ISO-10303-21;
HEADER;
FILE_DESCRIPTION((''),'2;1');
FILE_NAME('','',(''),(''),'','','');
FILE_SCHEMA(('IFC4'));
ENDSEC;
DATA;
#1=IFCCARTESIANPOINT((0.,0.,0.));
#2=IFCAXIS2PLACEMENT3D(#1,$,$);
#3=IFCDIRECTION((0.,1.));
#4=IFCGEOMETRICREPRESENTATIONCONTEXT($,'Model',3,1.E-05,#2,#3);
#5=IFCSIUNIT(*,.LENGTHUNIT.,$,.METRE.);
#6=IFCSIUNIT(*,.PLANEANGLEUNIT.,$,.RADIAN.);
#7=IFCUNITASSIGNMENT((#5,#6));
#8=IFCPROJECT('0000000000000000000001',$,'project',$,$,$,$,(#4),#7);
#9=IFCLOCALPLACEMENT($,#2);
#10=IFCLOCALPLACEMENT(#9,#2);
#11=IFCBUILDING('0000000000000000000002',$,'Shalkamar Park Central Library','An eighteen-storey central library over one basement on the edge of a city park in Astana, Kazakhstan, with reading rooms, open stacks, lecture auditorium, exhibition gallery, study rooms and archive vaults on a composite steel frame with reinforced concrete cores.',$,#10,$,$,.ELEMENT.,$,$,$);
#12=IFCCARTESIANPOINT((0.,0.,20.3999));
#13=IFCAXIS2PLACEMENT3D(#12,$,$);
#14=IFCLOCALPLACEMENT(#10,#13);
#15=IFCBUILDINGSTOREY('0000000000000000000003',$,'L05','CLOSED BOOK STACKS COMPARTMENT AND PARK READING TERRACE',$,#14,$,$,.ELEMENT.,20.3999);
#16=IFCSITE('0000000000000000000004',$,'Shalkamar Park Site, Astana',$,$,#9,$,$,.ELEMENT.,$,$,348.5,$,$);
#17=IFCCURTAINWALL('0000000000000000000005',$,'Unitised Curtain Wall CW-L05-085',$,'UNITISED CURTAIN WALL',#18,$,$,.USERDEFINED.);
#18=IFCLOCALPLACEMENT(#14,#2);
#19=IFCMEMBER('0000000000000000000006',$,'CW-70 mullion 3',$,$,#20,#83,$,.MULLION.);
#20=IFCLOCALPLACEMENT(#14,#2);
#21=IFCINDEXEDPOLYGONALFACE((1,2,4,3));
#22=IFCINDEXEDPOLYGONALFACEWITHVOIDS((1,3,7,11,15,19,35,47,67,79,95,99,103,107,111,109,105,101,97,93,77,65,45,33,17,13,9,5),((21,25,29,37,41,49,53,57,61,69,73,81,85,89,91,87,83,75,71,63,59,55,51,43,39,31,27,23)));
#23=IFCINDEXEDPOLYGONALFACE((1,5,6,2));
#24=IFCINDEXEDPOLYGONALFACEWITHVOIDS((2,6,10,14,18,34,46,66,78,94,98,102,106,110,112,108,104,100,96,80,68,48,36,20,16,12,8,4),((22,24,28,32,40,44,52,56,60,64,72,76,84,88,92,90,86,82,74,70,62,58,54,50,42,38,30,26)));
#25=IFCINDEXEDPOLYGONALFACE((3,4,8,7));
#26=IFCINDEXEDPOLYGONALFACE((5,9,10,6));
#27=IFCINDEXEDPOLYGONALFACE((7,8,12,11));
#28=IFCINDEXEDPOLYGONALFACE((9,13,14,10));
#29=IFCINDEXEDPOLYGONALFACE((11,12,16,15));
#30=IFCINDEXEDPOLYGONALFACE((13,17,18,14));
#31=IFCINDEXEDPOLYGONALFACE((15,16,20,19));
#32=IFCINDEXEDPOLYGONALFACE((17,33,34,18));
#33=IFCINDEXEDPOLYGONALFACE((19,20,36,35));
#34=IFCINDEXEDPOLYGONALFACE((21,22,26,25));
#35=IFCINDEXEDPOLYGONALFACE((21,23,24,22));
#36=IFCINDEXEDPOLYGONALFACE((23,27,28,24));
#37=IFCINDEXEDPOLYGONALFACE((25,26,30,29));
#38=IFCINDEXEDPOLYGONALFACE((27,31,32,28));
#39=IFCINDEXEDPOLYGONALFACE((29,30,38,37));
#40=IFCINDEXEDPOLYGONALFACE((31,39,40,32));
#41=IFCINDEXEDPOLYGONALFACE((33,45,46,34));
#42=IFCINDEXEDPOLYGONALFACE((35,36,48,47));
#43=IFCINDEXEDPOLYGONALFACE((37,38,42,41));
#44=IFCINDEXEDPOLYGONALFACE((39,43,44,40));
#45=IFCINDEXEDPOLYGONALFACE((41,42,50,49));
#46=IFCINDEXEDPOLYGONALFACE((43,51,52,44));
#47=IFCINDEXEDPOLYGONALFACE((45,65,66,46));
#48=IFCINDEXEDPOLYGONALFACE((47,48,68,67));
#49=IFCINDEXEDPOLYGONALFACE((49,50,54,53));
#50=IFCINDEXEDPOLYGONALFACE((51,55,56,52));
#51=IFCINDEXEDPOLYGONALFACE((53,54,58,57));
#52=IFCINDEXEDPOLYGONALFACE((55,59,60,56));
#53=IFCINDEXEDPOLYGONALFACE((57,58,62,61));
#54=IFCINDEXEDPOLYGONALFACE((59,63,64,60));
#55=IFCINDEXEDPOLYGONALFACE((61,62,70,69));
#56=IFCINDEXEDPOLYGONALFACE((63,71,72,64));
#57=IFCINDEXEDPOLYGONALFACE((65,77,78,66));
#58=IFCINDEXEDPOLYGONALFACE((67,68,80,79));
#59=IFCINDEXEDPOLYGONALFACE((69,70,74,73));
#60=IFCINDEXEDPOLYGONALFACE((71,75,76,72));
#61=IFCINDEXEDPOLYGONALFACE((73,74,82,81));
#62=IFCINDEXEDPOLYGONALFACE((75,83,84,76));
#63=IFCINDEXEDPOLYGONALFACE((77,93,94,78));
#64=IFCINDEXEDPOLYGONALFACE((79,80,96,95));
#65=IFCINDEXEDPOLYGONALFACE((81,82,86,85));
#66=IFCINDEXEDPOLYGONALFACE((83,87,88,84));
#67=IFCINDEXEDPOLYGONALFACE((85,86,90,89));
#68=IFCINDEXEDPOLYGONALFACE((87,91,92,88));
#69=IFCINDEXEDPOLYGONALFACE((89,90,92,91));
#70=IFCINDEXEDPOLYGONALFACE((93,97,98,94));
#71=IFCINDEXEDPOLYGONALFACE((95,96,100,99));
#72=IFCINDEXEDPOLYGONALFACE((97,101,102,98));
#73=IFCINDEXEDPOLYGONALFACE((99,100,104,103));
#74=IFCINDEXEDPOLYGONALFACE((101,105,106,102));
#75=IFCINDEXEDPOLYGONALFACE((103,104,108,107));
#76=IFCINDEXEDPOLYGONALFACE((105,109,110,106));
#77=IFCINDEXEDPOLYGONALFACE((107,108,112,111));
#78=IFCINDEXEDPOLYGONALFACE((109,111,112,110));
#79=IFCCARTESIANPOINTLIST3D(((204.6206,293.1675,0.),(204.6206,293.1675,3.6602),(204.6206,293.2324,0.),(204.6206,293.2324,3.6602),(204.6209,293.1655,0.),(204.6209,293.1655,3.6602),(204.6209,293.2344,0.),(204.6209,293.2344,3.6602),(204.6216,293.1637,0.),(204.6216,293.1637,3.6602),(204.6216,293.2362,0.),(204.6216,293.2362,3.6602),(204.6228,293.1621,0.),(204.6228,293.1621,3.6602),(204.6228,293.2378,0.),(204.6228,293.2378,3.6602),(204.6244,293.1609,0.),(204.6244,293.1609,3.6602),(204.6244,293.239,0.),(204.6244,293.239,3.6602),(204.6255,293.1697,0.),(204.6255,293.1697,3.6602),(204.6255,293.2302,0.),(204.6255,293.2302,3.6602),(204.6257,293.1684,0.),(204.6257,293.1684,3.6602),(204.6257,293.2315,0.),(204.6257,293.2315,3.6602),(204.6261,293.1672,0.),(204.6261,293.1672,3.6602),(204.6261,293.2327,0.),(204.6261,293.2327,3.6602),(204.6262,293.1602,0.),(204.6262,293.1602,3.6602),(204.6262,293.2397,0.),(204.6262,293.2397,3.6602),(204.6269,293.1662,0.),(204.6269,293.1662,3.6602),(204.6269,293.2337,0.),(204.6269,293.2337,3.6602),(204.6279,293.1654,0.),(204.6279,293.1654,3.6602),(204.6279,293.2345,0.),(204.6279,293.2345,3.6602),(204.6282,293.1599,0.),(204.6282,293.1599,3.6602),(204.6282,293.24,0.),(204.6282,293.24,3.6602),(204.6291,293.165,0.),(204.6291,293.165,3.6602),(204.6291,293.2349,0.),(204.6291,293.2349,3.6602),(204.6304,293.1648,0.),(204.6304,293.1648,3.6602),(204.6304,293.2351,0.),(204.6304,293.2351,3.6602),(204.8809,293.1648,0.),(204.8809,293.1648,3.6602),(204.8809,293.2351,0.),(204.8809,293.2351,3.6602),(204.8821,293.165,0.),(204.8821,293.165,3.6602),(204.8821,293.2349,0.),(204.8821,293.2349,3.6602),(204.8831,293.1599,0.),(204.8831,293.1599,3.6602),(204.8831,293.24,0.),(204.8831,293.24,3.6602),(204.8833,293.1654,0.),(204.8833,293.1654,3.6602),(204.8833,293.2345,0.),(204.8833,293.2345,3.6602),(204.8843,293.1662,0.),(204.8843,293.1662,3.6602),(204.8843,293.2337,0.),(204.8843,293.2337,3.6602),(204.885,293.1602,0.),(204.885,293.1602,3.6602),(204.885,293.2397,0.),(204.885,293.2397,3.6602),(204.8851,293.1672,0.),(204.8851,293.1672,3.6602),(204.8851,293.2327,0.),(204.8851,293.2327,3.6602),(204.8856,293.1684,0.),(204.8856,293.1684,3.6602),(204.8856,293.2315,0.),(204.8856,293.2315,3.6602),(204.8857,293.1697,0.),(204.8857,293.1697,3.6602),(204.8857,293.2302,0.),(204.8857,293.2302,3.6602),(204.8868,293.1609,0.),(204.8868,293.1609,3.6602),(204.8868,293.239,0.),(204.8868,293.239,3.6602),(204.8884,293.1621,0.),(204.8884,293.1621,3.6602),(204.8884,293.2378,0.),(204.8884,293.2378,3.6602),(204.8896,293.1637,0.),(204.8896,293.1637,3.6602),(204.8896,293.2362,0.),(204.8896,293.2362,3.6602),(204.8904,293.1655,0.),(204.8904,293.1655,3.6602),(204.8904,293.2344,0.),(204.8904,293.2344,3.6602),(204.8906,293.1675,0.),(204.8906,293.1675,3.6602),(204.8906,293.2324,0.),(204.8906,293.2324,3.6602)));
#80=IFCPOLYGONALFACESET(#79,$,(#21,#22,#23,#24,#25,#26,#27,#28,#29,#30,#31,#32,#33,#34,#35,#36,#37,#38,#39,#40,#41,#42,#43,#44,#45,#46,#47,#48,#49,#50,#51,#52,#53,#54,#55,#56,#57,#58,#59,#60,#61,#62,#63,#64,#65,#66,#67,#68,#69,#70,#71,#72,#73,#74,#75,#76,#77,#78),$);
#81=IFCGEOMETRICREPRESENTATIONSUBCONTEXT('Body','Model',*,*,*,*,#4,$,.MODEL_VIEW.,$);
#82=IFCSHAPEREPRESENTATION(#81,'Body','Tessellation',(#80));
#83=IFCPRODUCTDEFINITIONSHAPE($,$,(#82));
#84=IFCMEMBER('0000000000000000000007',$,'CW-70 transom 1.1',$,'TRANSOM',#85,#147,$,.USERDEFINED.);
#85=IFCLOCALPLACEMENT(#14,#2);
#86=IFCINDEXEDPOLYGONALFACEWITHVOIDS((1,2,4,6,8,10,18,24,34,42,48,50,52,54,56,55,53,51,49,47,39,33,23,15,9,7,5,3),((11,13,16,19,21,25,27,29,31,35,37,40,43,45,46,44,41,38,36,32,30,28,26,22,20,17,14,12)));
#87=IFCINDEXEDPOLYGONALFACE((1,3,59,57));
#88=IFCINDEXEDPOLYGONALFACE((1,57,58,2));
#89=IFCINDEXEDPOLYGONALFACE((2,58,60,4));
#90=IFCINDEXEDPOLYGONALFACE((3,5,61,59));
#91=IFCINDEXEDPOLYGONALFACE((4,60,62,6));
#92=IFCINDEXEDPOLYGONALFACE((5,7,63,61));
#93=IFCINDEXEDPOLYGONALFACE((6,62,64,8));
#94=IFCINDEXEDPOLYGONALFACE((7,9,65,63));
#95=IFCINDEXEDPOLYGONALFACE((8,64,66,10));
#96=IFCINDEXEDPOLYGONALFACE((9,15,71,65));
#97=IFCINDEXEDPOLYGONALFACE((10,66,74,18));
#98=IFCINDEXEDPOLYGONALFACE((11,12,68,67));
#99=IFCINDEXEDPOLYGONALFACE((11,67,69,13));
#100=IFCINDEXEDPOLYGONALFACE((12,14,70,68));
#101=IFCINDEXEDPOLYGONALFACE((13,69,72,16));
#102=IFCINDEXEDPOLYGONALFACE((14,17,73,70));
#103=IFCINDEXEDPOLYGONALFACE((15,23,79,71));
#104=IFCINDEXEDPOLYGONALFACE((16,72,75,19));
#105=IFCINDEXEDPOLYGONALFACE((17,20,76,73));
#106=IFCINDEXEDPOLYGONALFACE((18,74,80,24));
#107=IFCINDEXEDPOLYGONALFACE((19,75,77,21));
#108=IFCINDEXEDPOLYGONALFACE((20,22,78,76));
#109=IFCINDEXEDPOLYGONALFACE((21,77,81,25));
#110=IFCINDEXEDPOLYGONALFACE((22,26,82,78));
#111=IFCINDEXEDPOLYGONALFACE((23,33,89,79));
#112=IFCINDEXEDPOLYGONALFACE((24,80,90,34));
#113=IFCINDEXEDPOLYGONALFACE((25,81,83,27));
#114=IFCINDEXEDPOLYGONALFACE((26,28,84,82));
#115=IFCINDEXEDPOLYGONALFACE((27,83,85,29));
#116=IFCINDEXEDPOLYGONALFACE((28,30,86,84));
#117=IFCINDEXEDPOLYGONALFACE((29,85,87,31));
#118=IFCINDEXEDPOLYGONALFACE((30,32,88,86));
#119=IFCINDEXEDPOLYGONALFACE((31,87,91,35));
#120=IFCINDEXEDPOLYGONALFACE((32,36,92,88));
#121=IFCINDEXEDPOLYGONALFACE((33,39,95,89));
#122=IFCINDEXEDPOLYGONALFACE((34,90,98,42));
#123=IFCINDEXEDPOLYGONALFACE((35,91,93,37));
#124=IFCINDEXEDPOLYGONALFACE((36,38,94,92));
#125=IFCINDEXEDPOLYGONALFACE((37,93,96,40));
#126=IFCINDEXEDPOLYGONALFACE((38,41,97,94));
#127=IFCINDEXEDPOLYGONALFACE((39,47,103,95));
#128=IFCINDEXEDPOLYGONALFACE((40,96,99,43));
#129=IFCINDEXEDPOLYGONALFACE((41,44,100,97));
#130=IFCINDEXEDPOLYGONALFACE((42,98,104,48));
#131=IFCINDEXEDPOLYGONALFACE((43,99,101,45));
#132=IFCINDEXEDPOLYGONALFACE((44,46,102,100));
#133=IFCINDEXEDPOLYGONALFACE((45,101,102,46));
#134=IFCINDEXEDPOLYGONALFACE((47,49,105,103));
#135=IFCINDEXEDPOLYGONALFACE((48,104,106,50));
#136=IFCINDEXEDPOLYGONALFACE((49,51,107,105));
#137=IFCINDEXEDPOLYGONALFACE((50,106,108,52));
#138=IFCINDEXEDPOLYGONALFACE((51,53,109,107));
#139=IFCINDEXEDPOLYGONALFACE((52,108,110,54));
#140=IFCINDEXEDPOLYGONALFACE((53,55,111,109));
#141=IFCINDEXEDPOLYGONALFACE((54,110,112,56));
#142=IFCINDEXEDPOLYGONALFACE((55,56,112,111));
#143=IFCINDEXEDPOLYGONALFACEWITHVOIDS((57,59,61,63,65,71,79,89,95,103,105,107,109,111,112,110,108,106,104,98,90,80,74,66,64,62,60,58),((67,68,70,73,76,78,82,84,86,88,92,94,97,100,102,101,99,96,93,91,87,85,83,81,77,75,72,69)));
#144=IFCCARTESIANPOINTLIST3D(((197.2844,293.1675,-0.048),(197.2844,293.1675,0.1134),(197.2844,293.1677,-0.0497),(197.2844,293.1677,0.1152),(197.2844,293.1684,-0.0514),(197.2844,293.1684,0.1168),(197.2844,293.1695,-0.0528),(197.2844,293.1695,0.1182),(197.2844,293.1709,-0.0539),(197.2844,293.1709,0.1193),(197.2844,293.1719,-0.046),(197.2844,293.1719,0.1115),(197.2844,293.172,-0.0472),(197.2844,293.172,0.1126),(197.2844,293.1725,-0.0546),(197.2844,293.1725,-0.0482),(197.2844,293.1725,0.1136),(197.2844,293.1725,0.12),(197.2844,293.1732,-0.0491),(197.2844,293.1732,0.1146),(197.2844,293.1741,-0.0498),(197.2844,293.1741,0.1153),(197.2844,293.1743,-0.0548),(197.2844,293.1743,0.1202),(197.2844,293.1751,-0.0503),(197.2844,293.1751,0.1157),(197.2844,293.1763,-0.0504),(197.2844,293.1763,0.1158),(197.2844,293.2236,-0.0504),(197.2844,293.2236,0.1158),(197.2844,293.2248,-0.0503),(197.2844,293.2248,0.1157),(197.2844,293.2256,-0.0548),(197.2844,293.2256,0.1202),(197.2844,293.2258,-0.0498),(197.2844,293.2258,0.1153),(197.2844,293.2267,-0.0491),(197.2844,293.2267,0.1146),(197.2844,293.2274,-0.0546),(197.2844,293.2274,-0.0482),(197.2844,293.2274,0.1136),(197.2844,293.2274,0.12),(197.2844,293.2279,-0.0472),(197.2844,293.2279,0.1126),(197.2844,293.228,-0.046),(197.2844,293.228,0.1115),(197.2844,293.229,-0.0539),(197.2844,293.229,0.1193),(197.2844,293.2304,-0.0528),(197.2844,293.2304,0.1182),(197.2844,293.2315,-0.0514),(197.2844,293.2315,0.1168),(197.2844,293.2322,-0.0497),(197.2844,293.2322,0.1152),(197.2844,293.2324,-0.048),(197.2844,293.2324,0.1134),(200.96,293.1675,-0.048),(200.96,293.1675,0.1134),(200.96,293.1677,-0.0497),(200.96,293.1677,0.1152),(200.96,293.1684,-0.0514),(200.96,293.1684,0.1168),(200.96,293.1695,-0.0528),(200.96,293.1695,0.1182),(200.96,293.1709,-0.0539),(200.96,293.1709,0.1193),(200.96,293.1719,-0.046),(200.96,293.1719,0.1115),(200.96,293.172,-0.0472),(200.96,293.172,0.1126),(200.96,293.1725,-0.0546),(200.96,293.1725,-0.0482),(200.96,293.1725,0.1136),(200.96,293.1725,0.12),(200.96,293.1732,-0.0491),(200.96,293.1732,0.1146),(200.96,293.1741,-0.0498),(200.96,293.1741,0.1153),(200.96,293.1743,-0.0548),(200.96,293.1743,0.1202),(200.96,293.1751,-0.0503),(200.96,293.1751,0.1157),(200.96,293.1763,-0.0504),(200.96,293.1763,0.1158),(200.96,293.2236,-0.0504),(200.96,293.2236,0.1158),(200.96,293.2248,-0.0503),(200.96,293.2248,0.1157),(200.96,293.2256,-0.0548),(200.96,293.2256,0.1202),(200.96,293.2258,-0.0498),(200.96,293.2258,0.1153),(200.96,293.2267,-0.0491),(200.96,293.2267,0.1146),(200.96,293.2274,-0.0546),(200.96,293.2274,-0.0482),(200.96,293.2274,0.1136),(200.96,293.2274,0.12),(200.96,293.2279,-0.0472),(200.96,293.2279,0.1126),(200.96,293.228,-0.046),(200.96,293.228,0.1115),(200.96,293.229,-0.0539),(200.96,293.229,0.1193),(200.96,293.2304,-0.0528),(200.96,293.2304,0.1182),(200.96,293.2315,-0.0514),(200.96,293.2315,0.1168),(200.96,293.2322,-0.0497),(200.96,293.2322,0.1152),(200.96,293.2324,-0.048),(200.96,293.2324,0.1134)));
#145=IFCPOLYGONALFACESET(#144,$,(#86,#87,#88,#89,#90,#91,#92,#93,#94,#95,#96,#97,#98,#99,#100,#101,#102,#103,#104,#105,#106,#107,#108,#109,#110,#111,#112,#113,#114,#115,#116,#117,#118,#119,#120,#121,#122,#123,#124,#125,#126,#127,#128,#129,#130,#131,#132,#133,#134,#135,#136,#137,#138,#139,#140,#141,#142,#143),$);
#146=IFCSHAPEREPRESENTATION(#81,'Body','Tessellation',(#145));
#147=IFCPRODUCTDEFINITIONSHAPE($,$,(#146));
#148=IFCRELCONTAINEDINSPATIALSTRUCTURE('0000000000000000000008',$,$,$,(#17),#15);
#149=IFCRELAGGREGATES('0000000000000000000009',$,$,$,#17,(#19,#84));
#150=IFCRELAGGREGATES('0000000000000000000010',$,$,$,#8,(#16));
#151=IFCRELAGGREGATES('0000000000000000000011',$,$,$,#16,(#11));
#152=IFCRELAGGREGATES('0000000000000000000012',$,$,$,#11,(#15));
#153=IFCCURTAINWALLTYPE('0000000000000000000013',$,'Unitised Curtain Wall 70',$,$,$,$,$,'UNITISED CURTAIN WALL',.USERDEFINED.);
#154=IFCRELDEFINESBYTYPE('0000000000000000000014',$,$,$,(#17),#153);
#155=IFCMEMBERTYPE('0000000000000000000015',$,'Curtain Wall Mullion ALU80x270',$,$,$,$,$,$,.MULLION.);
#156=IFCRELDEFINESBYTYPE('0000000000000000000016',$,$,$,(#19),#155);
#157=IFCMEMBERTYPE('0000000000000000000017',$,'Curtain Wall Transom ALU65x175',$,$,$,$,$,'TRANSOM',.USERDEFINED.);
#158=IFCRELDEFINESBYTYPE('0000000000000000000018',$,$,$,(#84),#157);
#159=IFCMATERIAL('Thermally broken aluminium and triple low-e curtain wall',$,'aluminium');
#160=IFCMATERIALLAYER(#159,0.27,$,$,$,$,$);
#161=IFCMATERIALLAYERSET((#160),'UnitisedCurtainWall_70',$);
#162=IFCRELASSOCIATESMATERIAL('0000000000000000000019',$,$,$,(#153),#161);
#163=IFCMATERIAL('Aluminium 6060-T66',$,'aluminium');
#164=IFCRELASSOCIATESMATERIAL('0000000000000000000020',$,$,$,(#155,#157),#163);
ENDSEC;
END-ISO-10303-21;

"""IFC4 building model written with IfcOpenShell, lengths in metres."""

from ifc_helpers import new_model, si_unit, direction, frame, origin, origin_2d, place, context, subcontext, project, spatial, hollow_rectangle, extrude, material, layer, layer_set, material_profile, profile_set, type_object, element, aggregate, save


model = new_model("IFC4")

# Units and contexts
model_context = context("Model", 3, precision=1e-05, world=origin(), true_north=direction((0.0, 1.0)))
body_context = subcontext(model_context, "Body", "Model", "MODEL_VIEW")
ifc_project = project(units=[si_unit("LENGTHUNIT", "METRE"), si_unit("PLANEANGLEUNIT", "RADIAN")], contexts=[model_context])

# Site, building, storey
site_placement = place(None, origin())
site = spatial("IfcSite", under=ifc_project, at=site_placement, Name="Shalkamar Park Site, Astana", CompositionType="ELEMENT", RefElevation=348.5)
building_placement = place(site_placement, origin())
building = spatial("IfcBuilding", under=site, at=building_placement, Name="Shalkamar Park Central Library", Description="An eighteen-storey central library over one basement on the edge of a city park in Astana, Kazakhstan, with reading rooms, open stacks, lecture auditorium, exhibition gallery, study rooms and archive vaults on a composite steel frame with reinforced concrete cores.", CompositionType="ELEMENT")
storey_placement = place(building_placement, frame((0.0, 0.0, 20.3999)))
storey = spatial("IfcBuildingStorey", under=building, at=storey_placement, Name="L05", Description="CLOSED BOOK STACKS COMPARTMENT AND PARK READING TERRACE", CompositionType="ELEMENT", Elevation=20.3999)

# Curtain wall, members
ifc_material_1 = material(Name="Thermally broken aluminium and triple low-e curtain wall", Category="aluminium")
ifc_layer_1 = layer(ifc_material_1, 0.27)
ifc_layer_set_1 = layer_set([ifc_layer_1], Name="UnitisedCurtainWall_70")
curtain_wall_type = type_object("IfcCurtainWallType", Name="Unitised Curtain Wall 70", ElementType="UNITISED CURTAIN WALL", PredefinedType="USERDEFINED", material=ifc_layer_set_1)
curtain_wall_placement = place(storey_placement, origin())
curtain_wall = element("IfcCurtainWall", 1, at=curtain_wall_placement, inside=storey, type_object=curtain_wall_type, Name="Unitised Curtain Wall CW-L05-085", ObjectType="UNITISED CURTAIN WALL", PredefinedType="USERDEFINED")
ifc_material_2 = material(Name="Aluminium 6060-T66", Category="aluminium")
ifc_material_profile_1 = material_profile(ifc_material_2, hollow_rectangle(XDim=0.0801, YDim=0.27, WallThickness=0.0049, InnerFilletRadius=0.0049, OuterFilletRadius=0.0076, at=origin_2d()), Name="ALU 80x270x5")
ifc_profile_set_1 = profile_set([ifc_material_profile_1], Name="Aluminium 6060-T66")
member_type_1 = type_object("IfcMemberType", Name="Curtain Wall Mullion ALU80x270", PredefinedType="MULLION", material=ifc_profile_set_1)
member_1_placement = place(storey_placement, frame((204.7556, 293.2, 0.0), z_axis=(0.0, 0.0, 1.0), x_axis=(0.0, 1.0, 0.0)))
member_1 = element("IfcMember", 2, at=member_1_placement, type_object=member_type_1, Name="CW-70 mullion 3", PredefinedType="MULLION", context=body_context, shape_type="SweptSolid", body=[
    extrude(hollow_rectangle(XDim=0.0801, YDim=0.27, WallThickness=0.0049, InnerFilletRadius=0.0049, OuterFilletRadius=0.0076, at=origin_2d()), origin(), (0.0, 0.0, 1.0), 3.6602),
])
ifc_material_profile_2 = material_profile(ifc_material_2, hollow_rectangle(XDim=0.0649, YDim=0.175, WallThickness=0.0044, InnerFilletRadius=0.0044, OuterFilletRadius=0.0068, at=origin_2d()), Name="ALU 65x175x4.5")
ifc_profile_set_2 = profile_set([ifc_material_profile_2], Name="Aluminium 6060-T66")
member_type_2 = type_object("IfcMemberType", Name="Curtain Wall Transom ALU65x175", ElementType="TRANSOM", PredefinedType="USERDEFINED", material=ifc_profile_set_2)
member_2_placement = place(storey_placement, frame((197.2844, 293.2, 0.0327), z_axis=(1.0, 0.0, 0.0), x_axis=(0.0, 1.0, 0.0)))
member_2 = element("IfcMember", 3, at=member_2_placement, type_object=member_type_2, Name="CW-70 transom 1.1", ObjectType="TRANSOM", PredefinedType="USERDEFINED", context=body_context, shape_type="SweptSolid", body=[
    extrude(hollow_rectangle(XDim=0.0649, YDim=0.175, WallThickness=0.0044, InnerFilletRadius=0.0044, OuterFilletRadius=0.0068, at=origin_2d()), origin(), (0.0, 0.0, 1.0), 3.6755),
])

aggregate(curtain_wall, [member_1, member_2])

save(model, "model.ifc")
